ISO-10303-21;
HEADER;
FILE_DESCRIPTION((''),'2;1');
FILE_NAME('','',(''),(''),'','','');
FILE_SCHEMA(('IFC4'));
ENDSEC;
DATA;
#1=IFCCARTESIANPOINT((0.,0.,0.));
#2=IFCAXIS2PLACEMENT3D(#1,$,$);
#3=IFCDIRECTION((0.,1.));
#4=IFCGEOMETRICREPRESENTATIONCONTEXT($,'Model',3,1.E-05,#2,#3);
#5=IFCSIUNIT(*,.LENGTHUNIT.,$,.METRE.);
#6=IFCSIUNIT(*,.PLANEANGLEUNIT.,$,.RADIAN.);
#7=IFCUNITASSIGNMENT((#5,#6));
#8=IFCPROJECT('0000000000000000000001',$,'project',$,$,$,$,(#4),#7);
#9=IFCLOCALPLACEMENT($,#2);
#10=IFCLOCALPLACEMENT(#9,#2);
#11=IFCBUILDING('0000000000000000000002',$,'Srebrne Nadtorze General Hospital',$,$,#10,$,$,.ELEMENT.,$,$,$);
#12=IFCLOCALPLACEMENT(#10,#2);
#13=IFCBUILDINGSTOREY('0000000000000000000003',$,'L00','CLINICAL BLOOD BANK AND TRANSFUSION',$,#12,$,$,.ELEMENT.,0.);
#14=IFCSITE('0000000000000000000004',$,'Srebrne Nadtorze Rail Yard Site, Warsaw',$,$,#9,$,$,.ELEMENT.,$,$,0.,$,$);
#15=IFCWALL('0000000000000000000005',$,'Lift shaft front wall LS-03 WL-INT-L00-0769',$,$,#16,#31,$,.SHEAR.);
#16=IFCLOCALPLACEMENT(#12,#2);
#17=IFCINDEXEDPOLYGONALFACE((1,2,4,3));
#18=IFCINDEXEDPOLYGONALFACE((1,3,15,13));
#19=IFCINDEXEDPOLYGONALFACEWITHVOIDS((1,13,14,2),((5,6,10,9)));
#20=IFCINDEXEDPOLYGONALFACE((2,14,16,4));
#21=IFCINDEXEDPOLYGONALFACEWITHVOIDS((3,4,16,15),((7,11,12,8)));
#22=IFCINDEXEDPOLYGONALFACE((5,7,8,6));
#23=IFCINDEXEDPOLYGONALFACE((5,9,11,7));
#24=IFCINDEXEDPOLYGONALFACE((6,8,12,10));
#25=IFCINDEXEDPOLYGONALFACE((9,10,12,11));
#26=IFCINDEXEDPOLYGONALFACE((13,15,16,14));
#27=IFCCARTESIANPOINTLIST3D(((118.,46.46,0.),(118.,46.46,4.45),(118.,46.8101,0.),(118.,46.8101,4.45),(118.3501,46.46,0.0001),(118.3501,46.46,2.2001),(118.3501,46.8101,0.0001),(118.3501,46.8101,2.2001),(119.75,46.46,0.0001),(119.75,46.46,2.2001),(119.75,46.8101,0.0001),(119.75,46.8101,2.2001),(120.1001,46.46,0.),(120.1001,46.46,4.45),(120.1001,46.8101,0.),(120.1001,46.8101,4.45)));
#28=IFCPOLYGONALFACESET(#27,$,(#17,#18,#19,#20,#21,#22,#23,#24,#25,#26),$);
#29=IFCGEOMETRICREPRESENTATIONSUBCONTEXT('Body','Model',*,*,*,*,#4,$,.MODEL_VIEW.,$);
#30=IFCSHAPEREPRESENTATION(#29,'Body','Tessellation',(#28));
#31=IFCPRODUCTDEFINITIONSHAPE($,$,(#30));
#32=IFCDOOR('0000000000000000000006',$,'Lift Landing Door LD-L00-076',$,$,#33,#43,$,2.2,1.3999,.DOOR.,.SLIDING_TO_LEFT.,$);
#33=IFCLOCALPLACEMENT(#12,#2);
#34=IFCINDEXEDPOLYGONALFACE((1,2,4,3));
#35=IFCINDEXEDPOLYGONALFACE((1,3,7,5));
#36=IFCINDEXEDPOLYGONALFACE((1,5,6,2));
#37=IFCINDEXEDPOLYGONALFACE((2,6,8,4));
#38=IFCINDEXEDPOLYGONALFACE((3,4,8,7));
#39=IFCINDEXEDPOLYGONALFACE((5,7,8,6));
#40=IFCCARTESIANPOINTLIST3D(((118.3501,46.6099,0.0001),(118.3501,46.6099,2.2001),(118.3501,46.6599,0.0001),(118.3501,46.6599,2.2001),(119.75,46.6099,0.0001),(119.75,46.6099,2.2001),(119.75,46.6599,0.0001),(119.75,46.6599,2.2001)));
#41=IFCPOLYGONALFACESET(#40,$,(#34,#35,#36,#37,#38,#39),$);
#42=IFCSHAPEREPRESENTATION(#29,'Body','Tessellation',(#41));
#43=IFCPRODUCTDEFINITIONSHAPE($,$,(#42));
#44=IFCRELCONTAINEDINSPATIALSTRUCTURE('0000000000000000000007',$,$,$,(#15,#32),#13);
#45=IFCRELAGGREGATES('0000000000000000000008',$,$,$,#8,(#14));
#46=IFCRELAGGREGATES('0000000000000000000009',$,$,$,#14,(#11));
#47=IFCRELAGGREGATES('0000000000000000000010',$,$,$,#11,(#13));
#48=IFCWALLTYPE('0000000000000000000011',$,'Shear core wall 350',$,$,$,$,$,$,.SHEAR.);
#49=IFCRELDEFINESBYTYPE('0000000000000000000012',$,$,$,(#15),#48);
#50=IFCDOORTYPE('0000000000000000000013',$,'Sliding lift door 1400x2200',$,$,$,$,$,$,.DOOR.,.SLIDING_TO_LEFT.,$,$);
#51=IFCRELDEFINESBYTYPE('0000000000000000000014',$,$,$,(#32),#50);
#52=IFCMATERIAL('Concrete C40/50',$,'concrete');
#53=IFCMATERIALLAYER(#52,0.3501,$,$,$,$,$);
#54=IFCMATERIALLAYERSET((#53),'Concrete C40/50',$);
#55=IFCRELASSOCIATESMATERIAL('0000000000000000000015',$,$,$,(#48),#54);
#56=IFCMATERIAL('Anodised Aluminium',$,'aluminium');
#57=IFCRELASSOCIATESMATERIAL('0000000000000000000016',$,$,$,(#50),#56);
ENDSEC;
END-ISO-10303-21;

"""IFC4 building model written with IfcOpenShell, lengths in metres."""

from ifc_helpers import new_model, si_unit, direction, frame, frame_2d, origin, place, context, subcontext, project, spatial, rectangle, extrude, material, layer, layer_set, type_object, element, fill, save


model = new_model("IFC4")

# Units and contexts
model_context = context("Model", 3, precision=1e-05, world=origin(), true_north=direction((0.0, 1.0)))
body_context = subcontext(model_context, "Body", "Model", "MODEL_VIEW")
ifc_project = project(units=[si_unit("LENGTHUNIT", "METRE"), si_unit("PLANEANGLEUNIT", "RADIAN")], contexts=[model_context])

# Site, building, storey
site_placement = place(None, origin())
site = spatial("IfcSite", under=ifc_project, at=site_placement, Name="Srebrne Nadtorze Rail Yard Site, Warsaw", CompositionType="ELEMENT", RefElevation=0.0)
building_placement = place(site_placement, origin())
building = spatial("IfcBuilding", under=site, at=building_placement, Name="Srebrne Nadtorze General Hospital", CompositionType="ELEMENT")
storey_placement = place(building_placement, origin())
storey = spatial("IfcBuildingStorey", under=building, at=storey_placement, Name="L00", Description="CLINICAL BLOOD BANK AND TRANSFUSION", CompositionType="ELEMENT", Elevation=0.0)

# Shared definitions
ifc_material_1 = material(Name="Concrete C40/50", Category="concrete")
ifc_layer_1 = layer(ifc_material_1, 0.3501)
ifc_layer_set_1 = layer_set([ifc_layer_1], Name="Concrete C40/50")
wall_type_1 = type_object("IfcWallType", Name="Shear core wall 350", PredefinedType="SHEAR", material=ifc_layer_set_1)

# Wall, opening, door
wall_1_placement = place(storey_placement, frame((118.0, 46.635, 0.0), z_axis=(0.0, 0.0, 1.0), x_axis=(1.0, 0.0, 0.0)))
wall_1 = element("IfcWall", 1, at=wall_1_placement, inside=storey, type_object=wall_type_1, Name="Lift shaft front wall LS-03 WL-INT-L00-0769", PredefinedType="SHEAR", context=body_context, shape_type="SweptSolid", body=[
    extrude(rectangle(XDim=2.1001, YDim=0.3501, at=frame_2d((1.05, 0.0))), origin(), (0.0, 0.0, 1.0), 4.45),
])
opening_1_placement = place(wall_1_placement, frame((0.3501, 0.0, 0.0)))
opening_1 = element("IfcOpeningElement", 2, at=opening_1_placement, cuts=wall_1, PredefinedType="OPENING", context=body_context, shape_type="SweptSolid", body=[
    extrude(rectangle(XDim=1.3999, YDim=2.2, at=frame_2d((0.7, 1.1001))), frame((0.0, 0.187, 0.0), z_axis=(0.0, -1.0, 0.0), x_axis=(1.0, 0.0, 0.0)), (0.0, 0.0, 1.0), 0.374),
])
ifc_material_2 = material(Name="Anodised Aluminium", Category="aluminium")
door_type_1 = type_object("IfcDoorType", Name="Sliding lift door 1400x2200", OperationType="SLIDING_TO_LEFT", PredefinedType="DOOR", material=ifc_material_2)
door_1_placement = place(opening_1_placement, origin())
door_1 = element("IfcDoor", 3, at=door_1_placement, inside=storey, type_object=door_type_1, Name="Lift Landing Door LD-L00-076", OperationType="SLIDING_TO_LEFT", OverallHeight=2.2, OverallWidth=1.3999, PredefinedType="DOOR", context=body_context, shape_type="SweptSolid", body=[
    extrude(rectangle(XDim=1.3999, YDim=2.2, at=frame_2d((0.7, 1.1001))), frame((0.0, 0.0249, 0.0), z_axis=(0.0, -1.0, 0.0), x_axis=(1.0, 0.0, 0.0)), (0.0, 0.0, 1.0), 0.05),
])
fill(opening_1, door_1)

save(model, "model.ifc")
